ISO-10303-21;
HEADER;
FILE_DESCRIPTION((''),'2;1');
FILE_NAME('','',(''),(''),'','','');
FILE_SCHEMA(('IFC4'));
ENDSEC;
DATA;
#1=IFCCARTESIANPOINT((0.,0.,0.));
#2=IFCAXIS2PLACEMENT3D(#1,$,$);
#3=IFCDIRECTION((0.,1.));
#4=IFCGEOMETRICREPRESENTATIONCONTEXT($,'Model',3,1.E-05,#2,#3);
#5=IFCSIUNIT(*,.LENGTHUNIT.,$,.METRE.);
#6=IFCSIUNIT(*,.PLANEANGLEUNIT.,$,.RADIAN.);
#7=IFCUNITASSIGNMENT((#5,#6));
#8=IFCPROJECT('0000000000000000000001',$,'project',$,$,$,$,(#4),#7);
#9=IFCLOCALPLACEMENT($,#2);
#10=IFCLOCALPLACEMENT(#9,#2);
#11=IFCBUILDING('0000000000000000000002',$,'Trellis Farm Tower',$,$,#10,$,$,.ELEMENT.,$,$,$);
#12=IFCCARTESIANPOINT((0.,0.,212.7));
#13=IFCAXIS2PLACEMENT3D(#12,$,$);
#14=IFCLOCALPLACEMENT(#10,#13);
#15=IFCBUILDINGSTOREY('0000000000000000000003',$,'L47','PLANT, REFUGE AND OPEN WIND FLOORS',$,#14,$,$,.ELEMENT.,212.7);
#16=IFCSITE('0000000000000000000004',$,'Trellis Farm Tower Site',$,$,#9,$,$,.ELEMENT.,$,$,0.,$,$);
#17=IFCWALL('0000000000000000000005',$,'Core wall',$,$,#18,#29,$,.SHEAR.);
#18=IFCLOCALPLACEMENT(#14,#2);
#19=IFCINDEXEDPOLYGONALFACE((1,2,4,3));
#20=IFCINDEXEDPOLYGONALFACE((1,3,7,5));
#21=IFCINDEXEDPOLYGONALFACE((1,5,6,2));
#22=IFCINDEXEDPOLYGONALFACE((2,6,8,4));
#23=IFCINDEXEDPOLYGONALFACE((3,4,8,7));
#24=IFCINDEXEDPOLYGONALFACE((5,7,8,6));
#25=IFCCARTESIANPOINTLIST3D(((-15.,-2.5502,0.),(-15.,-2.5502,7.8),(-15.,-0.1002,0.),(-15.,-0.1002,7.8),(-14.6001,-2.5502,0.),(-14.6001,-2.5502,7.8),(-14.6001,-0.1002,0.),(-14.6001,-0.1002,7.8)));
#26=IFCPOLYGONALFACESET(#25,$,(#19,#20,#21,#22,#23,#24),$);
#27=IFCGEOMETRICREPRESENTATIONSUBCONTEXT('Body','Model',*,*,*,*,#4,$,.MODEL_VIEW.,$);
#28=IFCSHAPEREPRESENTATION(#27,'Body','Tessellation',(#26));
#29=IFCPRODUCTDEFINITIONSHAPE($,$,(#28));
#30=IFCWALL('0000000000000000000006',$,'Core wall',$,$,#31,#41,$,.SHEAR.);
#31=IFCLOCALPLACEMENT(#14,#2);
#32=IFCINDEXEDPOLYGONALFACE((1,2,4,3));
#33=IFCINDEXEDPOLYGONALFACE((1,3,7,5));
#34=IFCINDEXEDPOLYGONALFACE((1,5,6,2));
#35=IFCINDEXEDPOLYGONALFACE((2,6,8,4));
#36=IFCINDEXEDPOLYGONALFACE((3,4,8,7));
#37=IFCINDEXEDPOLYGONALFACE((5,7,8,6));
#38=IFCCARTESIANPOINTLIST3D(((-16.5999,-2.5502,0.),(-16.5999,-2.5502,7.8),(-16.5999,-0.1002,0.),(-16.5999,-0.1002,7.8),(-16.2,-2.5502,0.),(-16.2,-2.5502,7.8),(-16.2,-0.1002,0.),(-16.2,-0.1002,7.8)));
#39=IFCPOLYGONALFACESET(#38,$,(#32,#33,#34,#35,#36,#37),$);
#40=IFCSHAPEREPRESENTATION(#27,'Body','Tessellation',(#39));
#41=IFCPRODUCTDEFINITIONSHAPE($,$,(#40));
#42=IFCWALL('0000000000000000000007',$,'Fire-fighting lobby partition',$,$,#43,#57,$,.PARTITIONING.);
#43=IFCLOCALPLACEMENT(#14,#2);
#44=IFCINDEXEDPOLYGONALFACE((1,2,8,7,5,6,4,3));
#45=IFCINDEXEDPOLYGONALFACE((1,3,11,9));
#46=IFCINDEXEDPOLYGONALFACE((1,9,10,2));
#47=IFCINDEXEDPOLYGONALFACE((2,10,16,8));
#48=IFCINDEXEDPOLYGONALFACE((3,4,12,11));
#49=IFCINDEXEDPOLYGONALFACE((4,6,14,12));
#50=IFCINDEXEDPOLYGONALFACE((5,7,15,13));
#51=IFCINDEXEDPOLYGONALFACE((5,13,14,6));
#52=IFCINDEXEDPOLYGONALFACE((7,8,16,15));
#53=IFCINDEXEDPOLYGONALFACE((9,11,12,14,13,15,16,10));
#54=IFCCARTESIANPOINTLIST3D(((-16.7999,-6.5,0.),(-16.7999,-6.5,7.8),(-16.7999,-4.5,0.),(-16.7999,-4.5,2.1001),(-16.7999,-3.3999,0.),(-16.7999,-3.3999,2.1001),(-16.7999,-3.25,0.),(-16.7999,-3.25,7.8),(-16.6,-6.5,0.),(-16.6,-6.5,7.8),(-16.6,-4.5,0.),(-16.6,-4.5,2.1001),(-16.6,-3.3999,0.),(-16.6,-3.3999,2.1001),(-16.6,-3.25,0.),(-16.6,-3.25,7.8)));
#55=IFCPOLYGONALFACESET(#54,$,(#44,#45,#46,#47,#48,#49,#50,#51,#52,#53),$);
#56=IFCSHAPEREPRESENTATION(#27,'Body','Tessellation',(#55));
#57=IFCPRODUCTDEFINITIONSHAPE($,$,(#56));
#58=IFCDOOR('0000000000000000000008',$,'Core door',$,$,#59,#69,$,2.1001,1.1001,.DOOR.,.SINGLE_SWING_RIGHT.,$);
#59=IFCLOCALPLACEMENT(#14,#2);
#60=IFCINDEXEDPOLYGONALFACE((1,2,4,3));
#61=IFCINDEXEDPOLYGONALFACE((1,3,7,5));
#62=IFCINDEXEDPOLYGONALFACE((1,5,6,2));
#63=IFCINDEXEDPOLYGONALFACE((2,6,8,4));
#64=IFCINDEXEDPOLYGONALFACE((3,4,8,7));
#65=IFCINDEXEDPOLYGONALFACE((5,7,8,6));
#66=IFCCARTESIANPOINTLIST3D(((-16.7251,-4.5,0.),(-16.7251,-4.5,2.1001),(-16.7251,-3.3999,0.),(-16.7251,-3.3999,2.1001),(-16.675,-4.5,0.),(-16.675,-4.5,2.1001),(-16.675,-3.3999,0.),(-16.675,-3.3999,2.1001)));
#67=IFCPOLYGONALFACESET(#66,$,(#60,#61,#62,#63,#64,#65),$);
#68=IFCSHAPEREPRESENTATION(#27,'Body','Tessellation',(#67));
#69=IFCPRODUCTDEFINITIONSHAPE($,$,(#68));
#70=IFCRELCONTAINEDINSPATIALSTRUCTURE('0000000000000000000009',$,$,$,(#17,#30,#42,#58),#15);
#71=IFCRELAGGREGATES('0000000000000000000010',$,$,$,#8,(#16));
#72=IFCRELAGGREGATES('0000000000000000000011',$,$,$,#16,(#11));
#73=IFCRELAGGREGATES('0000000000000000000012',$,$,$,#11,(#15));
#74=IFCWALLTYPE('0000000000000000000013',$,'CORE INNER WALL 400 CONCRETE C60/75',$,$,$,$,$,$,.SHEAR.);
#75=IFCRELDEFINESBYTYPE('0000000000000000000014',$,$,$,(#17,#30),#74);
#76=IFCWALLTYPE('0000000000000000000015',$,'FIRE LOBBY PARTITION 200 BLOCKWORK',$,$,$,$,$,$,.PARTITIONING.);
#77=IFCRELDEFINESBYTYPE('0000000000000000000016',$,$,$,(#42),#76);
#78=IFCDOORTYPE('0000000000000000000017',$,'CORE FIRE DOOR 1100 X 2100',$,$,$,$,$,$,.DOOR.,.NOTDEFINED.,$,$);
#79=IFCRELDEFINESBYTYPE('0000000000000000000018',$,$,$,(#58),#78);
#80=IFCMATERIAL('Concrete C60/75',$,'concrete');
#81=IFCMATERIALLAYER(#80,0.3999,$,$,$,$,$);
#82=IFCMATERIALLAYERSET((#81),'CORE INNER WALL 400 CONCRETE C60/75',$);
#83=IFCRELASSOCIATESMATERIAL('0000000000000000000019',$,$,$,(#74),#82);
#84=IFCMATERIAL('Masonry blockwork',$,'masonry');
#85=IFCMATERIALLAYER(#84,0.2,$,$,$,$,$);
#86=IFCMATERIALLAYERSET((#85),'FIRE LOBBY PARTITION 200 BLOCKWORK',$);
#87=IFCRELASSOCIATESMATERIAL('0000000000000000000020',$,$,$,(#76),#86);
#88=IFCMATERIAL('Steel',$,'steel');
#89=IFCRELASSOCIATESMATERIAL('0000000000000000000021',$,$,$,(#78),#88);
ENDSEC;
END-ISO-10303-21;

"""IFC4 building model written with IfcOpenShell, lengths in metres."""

from ifc_helpers import new_model, si_unit, direction, frame, frame_2d, origin, place, context, subcontext, project, spatial, rectangle, extrude, source, transform, mapped, material, layer, layer_set, type_object, element, fill, save


model = new_model("IFC4")

# Units and contexts
model_context = context("Model", 3, precision=1e-05, world=origin(), true_north=direction((0.0, 1.0)))
body_context = subcontext(model_context, "Body", "Model", "MODEL_VIEW")
ifc_project = project(units=[si_unit("LENGTHUNIT", "METRE"), si_unit("PLANEANGLEUNIT", "RADIAN")], contexts=[model_context])

# Site, building, storey
site_placement = place(None, origin())
site = spatial("IfcSite", under=ifc_project, at=site_placement, Name="Trellis Farm Tower Site", CompositionType="ELEMENT", RefElevation=0.0)
building_placement = place(site_placement, origin())
building = spatial("IfcBuilding", under=site, at=building_placement, Name="Trellis Farm Tower", CompositionType="ELEMENT")
storey_placement = place(building_placement, frame((0.0, 0.0, 212.7)))
storey = spatial("IfcBuildingStorey", under=building, at=storey_placement, Name="L47", Description="PLANT, REFUGE AND OPEN WIND FLOORS", CompositionType="ELEMENT", Elevation=212.7)

# Shared definitions
ifc_material_1 = material(Name="Concrete C60/75", Category="concrete")

# Walls
ifc_layer_1 = layer(ifc_material_1, 0.3999)
ifc_layer_set_1 = layer_set([ifc_layer_1], Name="CORE INNER WALL 400 CONCRETE C60/75")
wall_type_1 = type_object("IfcWallType", Name="CORE INNER WALL 400 CONCRETE C60/75", PredefinedType="SHEAR", material=ifc_layer_set_1)
shared_shape_1 = source(origin(), body_context, "Body", "SweptSolid", [
    extrude(rectangle(XDim=2.45, YDim=0.3999, at=frame_2d((1.2251, 0.0))), origin(), (0.0, 0.0, 1.0), 7.8),
])
for number, where, z_axis, x_axis, name in (
    (1, (-14.8, -0.1001, 0.0), (0.0, 0.0, 1.0), (0.0, -1.0, 0.0), "Core wall"),
    (2, (-16.3999, -0.1001, 0.0), (0.0, 0.0, 1.0), (0.0, -1.0, 0.0), "Core wall"),
):
    element("IfcWall", number, at=place(storey_placement, frame(where, z_axis=z_axis, x_axis=x_axis)), inside=storey, type_object=wall_type_1, Name=name, PredefinedType="SHEAR", context=body_context, shape_type="MappedRepresentation", body=[
        mapped(shared_shape_1, transform((0.0, 0.0, 0.0))),
    ])

# Wall, opening, door
ifc_material_2 = material(Name="Masonry blockwork", Category="masonry")
ifc_layer_2 = layer(ifc_material_2, 0.2)
ifc_layer_set_2 = layer_set([ifc_layer_2], Name="FIRE LOBBY PARTITION 200 BLOCKWORK")
wall_type_2 = type_object("IfcWallType", Name="FIRE LOBBY PARTITION 200 BLOCKWORK", PredefinedType="PARTITIONING", material=ifc_layer_set_2)
shared_shape_2 = source(origin(), body_context, "Body", "SweptSolid", [
    extrude(rectangle(XDim=3.25, YDim=0.2, at=frame_2d((1.625, 0.0))), origin(), (0.0, 0.0, 1.0), 7.8),
])
wall_1_placement = place(storey_placement, frame((-16.7, -3.25, 0.0), z_axis=(0.0, 0.0, 1.0), x_axis=(0.0, -1.0, 0.0)))
wall_1 = element("IfcWall", 3, at=wall_1_placement, inside=storey, type_object=wall_type_2, Name="Fire-fighting lobby partition", PredefinedType="PARTITIONING", context=body_context, shape_type="MappedRepresentation", body=[
    mapped(shared_shape_2, transform((0.0, 0.0, 0.0))),
])
shared_shape_3 = source(origin(), body_context, "Body", "SweptSolid", [
    extrude(rectangle(XDim=1.1001, YDim=2.1001, at=frame_2d((0.55, 1.05))), frame((0.0, 0.1101, 0.0), z_axis=(0.0, -1.0, 0.0), x_axis=(1.0, 0.0, 0.0)), (0.0, 0.0, 1.0), 0.2202),
])
opening_1_placement = place(wall_1_placement, frame((0.1499, 0.0, 0.0)))
opening_1 = element("IfcOpeningElement", 4, at=opening_1_placement, cuts=wall_1, PredefinedType="OPENING", context=body_context, shape_type="MappedRepresentation", body=[
    mapped(shared_shape_3, transform((0.0, 0.0, 0.0))),
])
ifc_material_3 = material(Name="Steel", Category="steel")
door_type_1 = type_object("IfcDoorType", Name="CORE FIRE DOOR 1100 X 2100", OperationType="NOTDEFINED", PredefinedType="DOOR", material=ifc_material_3)
shared_shape_4 = source(origin(), body_context, "Body", "SweptSolid", [
    extrude(rectangle(XDim=1.1001, YDim=2.1001, at=frame_2d((0.55, 1.05))), frame((0.0, 0.0249, 0.0), z_axis=(0.0, -1.0, 0.0), x_axis=(1.0, 0.0, 0.0)), (0.0, 0.0, 1.0), 0.05),
])
door_1_placement = place(opening_1_placement, origin())
door_1 = element("IfcDoor", 5, at=door_1_placement, inside=storey, type_object=door_type_1, Name="Core door", OperationType="SINGLE_SWING_RIGHT", OverallHeight=2.1001, OverallWidth=1.1001, PredefinedType="DOOR", context=body_context, shape_type="MappedRepresentation", body=[
    mapped(shared_shape_4, transform((0.0, 0.0, 0.0))),
])
fill(opening_1, door_1)

save(model, "model.ifc")
